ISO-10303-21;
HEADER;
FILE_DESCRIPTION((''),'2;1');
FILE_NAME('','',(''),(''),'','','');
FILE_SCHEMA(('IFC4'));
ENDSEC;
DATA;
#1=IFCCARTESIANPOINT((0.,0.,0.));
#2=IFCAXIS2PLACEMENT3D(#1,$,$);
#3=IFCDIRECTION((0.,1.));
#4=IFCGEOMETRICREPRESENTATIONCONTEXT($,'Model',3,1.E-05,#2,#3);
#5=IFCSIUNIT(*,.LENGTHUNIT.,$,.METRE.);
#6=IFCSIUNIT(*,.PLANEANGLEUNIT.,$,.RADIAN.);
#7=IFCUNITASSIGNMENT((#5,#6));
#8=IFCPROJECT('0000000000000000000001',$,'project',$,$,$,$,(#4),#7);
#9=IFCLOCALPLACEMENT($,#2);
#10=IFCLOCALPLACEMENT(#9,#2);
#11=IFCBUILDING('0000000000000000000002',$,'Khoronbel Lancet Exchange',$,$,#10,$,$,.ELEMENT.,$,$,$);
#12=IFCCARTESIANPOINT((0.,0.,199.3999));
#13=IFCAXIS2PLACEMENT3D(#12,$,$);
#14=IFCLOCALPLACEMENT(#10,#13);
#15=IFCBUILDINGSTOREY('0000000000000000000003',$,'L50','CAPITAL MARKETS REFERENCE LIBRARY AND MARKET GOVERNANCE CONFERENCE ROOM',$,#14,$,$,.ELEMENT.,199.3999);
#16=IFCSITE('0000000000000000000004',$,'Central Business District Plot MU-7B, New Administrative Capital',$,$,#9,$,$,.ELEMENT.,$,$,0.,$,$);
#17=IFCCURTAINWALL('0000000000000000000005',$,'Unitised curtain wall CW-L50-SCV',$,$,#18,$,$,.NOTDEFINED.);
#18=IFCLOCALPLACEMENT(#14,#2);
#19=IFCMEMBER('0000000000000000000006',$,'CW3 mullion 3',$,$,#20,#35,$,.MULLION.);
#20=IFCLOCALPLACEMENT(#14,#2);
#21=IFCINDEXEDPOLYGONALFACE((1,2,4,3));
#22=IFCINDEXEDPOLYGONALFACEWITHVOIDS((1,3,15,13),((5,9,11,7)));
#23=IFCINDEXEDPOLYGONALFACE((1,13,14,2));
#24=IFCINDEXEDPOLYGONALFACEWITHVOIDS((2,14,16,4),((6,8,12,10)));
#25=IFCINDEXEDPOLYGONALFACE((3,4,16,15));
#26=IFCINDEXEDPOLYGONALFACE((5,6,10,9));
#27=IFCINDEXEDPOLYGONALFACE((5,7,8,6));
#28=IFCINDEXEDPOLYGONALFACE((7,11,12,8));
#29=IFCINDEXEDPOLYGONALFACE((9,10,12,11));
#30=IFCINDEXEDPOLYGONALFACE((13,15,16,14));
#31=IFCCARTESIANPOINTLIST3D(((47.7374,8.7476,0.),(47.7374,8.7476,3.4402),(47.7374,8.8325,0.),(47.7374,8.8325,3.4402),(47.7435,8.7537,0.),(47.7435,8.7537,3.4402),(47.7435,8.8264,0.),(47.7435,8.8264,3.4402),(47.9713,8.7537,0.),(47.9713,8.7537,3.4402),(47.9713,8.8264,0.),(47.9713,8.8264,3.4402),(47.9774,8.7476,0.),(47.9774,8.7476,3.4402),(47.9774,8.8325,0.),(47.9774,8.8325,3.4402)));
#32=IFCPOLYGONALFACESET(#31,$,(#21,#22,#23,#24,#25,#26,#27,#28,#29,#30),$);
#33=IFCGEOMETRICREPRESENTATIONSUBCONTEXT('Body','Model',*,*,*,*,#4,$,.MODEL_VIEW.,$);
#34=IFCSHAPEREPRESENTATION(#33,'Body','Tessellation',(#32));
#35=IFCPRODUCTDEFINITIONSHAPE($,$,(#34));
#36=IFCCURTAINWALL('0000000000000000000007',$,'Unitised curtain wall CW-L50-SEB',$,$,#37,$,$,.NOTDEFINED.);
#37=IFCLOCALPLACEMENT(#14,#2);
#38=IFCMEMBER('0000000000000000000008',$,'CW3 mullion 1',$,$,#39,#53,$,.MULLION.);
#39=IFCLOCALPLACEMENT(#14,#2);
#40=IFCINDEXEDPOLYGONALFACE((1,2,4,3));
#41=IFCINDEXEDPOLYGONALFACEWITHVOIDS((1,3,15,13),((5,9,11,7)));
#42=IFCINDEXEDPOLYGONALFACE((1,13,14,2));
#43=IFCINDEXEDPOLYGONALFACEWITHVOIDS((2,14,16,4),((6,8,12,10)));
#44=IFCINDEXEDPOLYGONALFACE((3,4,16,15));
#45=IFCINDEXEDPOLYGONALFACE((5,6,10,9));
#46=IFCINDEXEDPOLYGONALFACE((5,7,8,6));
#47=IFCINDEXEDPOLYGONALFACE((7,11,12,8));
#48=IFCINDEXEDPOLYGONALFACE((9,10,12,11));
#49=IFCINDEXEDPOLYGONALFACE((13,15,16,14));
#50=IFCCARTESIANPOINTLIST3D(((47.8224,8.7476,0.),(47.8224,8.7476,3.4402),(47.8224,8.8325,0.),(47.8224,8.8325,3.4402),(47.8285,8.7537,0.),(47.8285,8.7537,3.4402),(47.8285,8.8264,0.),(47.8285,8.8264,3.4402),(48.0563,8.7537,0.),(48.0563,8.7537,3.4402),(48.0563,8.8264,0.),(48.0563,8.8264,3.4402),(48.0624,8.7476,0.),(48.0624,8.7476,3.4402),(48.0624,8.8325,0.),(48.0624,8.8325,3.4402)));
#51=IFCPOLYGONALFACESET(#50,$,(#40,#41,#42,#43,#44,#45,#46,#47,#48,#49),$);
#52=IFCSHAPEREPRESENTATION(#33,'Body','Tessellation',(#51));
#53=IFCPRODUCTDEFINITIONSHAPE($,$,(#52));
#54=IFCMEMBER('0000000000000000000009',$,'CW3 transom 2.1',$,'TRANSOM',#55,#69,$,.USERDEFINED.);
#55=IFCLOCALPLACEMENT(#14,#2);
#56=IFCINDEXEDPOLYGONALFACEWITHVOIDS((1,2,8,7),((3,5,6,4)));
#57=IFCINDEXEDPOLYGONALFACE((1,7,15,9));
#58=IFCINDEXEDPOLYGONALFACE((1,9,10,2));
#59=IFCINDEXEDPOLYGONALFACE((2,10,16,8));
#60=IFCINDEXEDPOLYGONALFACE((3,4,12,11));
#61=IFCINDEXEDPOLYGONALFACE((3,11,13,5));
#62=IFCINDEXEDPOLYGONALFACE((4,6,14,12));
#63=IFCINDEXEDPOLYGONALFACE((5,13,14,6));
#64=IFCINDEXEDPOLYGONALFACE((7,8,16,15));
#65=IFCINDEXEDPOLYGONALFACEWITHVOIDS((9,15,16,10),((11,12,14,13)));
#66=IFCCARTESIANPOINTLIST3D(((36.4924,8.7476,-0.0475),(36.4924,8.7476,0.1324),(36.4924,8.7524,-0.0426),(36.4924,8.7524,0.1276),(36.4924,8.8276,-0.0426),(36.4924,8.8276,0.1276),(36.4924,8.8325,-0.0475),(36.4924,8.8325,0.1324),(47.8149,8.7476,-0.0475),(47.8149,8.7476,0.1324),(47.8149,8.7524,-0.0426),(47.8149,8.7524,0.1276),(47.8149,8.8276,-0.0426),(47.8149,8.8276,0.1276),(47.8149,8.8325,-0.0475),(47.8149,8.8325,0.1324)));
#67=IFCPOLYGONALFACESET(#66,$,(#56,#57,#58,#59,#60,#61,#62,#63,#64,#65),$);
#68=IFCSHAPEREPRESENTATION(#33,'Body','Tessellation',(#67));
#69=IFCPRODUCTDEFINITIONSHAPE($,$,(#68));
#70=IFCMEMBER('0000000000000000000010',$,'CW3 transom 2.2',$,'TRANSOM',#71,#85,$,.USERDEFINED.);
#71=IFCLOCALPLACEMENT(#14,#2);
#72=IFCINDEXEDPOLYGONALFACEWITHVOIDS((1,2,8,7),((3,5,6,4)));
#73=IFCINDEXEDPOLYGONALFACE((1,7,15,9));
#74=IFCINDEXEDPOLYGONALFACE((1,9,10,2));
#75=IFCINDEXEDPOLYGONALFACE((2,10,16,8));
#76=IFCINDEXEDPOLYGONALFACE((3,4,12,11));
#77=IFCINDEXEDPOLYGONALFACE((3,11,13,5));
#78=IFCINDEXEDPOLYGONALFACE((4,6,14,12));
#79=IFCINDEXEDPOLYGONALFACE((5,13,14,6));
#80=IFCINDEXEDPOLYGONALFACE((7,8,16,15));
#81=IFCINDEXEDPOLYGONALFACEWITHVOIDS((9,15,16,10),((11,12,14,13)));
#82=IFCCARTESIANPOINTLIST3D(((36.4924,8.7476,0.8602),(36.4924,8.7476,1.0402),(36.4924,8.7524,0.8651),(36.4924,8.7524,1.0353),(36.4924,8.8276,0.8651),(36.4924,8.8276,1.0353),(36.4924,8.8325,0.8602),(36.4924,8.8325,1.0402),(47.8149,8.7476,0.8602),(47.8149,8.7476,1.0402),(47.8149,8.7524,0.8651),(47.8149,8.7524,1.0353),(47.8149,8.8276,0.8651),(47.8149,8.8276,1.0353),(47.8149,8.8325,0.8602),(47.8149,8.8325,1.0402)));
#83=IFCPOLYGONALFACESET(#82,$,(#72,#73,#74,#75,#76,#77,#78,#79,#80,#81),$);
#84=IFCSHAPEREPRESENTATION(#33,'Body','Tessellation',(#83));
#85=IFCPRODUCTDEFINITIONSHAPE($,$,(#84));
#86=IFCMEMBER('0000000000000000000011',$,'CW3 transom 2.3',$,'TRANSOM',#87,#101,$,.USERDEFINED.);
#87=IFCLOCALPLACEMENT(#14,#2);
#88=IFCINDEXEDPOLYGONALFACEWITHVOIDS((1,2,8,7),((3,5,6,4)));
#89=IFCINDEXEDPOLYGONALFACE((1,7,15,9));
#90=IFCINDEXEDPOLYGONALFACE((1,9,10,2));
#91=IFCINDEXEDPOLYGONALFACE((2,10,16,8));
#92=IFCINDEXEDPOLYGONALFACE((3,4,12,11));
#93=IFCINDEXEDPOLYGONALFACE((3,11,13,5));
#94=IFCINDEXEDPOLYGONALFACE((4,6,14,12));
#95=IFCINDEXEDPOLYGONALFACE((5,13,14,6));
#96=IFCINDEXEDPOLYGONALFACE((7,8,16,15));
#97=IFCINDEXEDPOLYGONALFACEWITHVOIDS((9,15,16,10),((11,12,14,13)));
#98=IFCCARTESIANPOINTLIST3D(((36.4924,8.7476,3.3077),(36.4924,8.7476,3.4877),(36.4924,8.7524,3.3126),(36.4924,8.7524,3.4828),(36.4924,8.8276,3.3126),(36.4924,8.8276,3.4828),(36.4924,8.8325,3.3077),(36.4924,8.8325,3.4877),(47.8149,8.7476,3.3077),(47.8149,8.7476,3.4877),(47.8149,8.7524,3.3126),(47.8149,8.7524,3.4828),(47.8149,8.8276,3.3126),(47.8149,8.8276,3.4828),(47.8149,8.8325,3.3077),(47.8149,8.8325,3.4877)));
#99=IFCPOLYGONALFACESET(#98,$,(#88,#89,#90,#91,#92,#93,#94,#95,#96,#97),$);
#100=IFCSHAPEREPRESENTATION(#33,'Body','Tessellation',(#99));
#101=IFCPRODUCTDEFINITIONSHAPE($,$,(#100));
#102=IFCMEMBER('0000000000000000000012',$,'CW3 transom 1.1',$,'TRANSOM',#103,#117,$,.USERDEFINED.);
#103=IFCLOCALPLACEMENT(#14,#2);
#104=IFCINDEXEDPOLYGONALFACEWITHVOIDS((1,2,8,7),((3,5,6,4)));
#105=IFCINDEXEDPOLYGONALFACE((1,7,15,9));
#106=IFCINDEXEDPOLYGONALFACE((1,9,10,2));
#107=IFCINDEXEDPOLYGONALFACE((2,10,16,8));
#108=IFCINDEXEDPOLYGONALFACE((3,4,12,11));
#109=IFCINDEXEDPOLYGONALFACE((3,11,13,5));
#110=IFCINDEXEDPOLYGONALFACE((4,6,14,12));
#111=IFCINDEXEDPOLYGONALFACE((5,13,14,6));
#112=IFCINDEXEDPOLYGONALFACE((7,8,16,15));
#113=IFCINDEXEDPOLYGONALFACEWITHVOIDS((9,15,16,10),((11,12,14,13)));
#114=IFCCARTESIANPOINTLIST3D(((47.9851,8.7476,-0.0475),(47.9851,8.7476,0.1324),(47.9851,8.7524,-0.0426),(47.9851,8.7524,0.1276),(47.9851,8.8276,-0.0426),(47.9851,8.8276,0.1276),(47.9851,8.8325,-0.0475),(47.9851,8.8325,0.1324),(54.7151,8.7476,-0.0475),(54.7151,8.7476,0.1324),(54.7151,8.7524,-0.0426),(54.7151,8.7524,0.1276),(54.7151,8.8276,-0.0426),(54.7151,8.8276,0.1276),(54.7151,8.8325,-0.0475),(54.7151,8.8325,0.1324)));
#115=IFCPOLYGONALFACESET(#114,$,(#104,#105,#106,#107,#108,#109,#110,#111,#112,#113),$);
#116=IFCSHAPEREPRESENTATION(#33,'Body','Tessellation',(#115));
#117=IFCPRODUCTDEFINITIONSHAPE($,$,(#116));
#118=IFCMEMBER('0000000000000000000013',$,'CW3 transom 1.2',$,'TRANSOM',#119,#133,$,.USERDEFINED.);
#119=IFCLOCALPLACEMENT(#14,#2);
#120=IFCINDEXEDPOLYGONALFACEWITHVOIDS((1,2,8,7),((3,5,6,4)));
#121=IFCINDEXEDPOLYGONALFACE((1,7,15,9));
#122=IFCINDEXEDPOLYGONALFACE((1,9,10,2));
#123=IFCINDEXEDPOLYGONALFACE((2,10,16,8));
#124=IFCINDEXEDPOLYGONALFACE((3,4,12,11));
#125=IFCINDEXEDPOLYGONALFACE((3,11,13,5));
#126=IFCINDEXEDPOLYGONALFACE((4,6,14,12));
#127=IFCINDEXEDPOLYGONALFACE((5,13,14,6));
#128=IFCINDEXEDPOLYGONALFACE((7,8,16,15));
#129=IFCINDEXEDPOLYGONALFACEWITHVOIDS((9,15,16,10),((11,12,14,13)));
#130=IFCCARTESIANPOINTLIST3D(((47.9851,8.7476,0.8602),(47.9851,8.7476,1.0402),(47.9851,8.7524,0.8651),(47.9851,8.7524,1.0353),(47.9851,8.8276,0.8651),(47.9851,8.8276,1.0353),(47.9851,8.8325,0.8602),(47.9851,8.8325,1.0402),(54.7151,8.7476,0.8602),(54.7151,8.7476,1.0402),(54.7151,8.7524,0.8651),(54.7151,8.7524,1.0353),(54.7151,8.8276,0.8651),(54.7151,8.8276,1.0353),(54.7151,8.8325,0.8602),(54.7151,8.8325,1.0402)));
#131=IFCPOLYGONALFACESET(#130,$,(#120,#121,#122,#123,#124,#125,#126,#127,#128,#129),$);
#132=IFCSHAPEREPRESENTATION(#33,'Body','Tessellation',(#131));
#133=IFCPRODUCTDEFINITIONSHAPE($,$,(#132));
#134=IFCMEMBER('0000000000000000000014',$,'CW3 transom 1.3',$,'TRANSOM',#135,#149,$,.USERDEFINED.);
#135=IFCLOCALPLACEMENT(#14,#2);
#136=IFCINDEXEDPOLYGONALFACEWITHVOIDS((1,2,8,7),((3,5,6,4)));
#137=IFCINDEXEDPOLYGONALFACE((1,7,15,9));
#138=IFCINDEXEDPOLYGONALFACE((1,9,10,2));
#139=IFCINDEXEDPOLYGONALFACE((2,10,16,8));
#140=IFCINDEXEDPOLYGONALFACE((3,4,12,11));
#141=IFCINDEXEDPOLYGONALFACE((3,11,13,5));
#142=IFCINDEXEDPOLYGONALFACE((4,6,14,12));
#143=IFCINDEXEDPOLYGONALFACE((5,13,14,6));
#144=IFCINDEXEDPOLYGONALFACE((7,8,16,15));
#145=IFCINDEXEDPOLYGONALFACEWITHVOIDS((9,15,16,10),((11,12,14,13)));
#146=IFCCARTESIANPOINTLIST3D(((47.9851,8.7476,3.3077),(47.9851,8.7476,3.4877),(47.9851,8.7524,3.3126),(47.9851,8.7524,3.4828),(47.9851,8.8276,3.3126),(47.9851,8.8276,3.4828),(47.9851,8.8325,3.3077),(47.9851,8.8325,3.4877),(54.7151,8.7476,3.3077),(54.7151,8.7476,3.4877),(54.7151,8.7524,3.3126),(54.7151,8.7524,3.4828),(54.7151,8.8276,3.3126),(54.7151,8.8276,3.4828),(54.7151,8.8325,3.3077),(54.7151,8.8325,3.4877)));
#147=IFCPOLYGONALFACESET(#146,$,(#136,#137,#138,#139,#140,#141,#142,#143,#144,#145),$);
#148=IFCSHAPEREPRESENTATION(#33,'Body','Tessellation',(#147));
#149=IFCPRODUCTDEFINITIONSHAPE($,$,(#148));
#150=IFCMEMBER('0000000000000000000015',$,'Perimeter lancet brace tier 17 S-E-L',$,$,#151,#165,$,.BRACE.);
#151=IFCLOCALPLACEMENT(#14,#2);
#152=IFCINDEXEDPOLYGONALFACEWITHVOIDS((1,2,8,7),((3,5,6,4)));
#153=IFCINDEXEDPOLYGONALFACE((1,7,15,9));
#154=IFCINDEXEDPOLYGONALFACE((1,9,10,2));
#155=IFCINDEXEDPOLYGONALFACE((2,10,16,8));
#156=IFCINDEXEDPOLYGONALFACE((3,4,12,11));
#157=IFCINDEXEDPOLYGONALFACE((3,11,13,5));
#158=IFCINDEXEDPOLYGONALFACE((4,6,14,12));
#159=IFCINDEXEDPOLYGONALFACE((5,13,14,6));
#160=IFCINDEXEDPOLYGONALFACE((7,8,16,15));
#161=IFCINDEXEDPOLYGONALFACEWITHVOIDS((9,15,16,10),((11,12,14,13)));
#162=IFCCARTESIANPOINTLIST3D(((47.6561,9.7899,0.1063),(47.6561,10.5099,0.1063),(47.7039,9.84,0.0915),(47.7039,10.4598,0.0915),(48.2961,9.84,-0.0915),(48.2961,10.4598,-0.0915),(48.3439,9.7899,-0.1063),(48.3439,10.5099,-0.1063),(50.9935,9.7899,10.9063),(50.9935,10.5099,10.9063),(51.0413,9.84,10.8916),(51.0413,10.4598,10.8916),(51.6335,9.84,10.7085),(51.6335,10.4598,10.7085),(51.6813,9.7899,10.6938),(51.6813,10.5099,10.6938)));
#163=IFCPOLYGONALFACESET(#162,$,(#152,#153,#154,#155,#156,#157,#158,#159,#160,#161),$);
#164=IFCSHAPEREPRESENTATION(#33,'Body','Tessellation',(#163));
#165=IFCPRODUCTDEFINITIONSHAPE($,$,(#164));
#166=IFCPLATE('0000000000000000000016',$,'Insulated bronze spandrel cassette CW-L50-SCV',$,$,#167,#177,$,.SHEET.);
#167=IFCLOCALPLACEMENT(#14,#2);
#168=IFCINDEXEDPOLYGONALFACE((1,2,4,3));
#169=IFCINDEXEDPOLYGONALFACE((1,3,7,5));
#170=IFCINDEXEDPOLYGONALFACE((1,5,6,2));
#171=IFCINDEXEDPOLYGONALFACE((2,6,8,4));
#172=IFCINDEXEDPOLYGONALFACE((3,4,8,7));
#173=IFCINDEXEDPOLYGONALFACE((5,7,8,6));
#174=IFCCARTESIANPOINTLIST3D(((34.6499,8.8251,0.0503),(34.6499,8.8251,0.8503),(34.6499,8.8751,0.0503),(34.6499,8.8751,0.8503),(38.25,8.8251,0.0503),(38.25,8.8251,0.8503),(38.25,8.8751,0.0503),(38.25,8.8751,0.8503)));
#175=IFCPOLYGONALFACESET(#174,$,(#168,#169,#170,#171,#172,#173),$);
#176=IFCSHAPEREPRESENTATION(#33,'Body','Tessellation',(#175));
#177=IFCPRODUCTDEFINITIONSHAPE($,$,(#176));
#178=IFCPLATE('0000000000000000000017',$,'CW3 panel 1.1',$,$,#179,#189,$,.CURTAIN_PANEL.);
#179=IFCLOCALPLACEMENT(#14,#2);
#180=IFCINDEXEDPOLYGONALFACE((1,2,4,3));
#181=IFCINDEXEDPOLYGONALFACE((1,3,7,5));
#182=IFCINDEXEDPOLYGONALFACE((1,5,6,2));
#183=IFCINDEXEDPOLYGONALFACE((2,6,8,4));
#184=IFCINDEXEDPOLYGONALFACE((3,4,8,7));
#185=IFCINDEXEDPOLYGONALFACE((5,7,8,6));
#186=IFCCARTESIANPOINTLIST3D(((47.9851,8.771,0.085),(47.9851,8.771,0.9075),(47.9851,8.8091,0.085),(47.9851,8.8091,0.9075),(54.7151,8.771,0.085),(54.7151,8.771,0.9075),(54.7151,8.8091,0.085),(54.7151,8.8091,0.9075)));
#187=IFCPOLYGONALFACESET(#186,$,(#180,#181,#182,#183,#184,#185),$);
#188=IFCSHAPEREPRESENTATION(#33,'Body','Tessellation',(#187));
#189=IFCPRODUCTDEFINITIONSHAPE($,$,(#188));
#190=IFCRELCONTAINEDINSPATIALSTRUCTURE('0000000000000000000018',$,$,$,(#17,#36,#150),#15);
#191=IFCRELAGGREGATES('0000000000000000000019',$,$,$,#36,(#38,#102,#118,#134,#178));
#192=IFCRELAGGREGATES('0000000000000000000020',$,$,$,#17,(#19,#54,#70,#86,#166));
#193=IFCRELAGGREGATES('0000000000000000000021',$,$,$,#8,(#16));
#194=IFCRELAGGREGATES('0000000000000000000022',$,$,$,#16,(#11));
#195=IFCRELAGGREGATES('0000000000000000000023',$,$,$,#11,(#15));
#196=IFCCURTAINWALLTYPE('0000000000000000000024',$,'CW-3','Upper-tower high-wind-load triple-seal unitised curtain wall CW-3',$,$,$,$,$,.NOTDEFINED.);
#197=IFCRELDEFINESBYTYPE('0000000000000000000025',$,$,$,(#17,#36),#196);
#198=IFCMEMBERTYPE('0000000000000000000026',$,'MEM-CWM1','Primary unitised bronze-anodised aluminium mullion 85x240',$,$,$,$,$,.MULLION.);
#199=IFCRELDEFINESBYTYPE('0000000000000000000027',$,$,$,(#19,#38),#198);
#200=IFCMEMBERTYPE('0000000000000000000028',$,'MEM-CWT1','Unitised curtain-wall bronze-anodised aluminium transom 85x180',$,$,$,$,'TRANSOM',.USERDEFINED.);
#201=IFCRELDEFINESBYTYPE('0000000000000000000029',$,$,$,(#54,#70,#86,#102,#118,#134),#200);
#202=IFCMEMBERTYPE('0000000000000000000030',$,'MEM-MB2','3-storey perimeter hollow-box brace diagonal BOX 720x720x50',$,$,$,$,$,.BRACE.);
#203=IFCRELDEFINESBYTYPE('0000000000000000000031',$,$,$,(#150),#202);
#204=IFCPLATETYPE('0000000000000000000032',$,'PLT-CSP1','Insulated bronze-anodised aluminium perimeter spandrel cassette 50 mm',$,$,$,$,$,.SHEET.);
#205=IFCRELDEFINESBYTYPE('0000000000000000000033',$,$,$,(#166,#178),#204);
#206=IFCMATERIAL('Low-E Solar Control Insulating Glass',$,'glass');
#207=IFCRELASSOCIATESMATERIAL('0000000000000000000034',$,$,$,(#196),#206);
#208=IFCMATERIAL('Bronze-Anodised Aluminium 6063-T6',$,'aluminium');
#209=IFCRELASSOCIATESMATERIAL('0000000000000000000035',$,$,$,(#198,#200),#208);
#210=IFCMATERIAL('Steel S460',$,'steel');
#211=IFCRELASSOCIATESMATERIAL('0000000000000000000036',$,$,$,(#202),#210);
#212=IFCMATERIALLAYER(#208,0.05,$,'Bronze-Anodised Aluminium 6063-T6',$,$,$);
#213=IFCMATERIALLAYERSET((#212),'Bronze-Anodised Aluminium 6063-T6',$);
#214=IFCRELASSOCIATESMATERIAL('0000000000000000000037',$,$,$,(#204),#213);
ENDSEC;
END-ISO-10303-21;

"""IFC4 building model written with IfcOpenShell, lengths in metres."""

from ifc_helpers import new_model, si_unit, direction, frame, origin, origin_2d, place, context, subcontext, project, spatial, rectangle, hollow_rectangle, extrude, material, layer, layer_set, material_profile, profile_set, type_object, element, aggregate, save


model = new_model("IFC4")

# Units and contexts
model_context = context("Model", 3, precision=1e-05, world=origin(), true_north=direction((0.0, 1.0)))
body_context = subcontext(model_context, "Body", "Model", "MODEL_VIEW")
ifc_project = project(units=[si_unit("LENGTHUNIT", "METRE"), si_unit("PLANEANGLEUNIT", "RADIAN")], contexts=[model_context])

# Site, building, storey
site_placement = place(None, origin())
site = spatial("IfcSite", under=ifc_project, at=site_placement, Name="Central Business District Plot MU-7B, New Administrative Capital", CompositionType="ELEMENT", RefElevation=0.0)
building_placement = place(site_placement, origin())
building = spatial("IfcBuilding", under=site, at=building_placement, Name="Khoronbel Lancet Exchange", CompositionType="ELEMENT")
storey_placement = place(building_placement, frame((0.0, 0.0, 199.3999)))
storey = spatial("IfcBuildingStorey", under=building, at=storey_placement, Name="L50", Description="CAPITAL MARKETS REFERENCE LIBRARY AND MARKET GOVERNANCE CONFERENCE ROOM", CompositionType="ELEMENT", Elevation=199.3999)

# Shared definitions
ifc_material_1 = material(Name="Steel S460", Category="steel")

# Curtain wall, member
ifc_material_2 = material(Name="Low-E Solar Control Insulating Glass", Category="glass")
curtain_wall_type = type_object("IfcCurtainWallType", Name="CW-3", Description="Upper-tower high-wind-load triple-seal unitised curtain wall CW-3", PredefinedType="NOTDEFINED", material=ifc_material_2)
curtain_wall_1_placement = place(storey_placement, origin())
curtain_wall_1 = element("IfcCurtainWall", 1, at=curtain_wall_1_placement, inside=storey, type_object=curtain_wall_type, Name="Unitised curtain wall CW-L50-SCV", PredefinedType="NOTDEFINED")
ifc_material_3 = material(Name="Bronze-Anodised Aluminium 6063-T6", Category="aluminium")
ifc_material_profile_1 = material_profile(ifc_material_3, hollow_rectangle(XDim=0.085, YDim=0.24, WallThickness=0.0061, at=origin_2d()), Name="ALU MULLION 85x240")
ifc_profile_set_1 = profile_set([ifc_material_profile_1], Name="Bronze-Anodised Aluminium 6063-T6")
member_type_1 = type_object("IfcMemberType", Name="MEM-CWM1", Description="Primary unitised bronze-anodised aluminium mullion 85x240", PredefinedType="MULLION", material=ifc_profile_set_1)
member_1_placement = place(storey_placement, frame((47.8574, 8.79, 0.0), z_axis=(0.0, 0.0, 1.0), x_axis=(0.0, 1.0, 0.0)))
member_1 = element("IfcMember", 2, at=member_1_placement, type_object=member_type_1, Name="CW3 mullion 3", PredefinedType="MULLION", context=body_context, shape_type="SweptSolid", body=[
    extrude(hollow_rectangle(XDim=0.085, YDim=0.24, WallThickness=0.0061, at=origin_2d()), origin(), (0.0, 0.0, 1.0), 3.4402),
])

# Curtain wall, member
curtain_wall_2_placement = place(storey_placement, origin())
curtain_wall_2 = element("IfcCurtainWall", 3, at=curtain_wall_2_placement, inside=storey, type_object=curtain_wall_type, Name="Unitised curtain wall CW-L50-SEB", PredefinedType="NOTDEFINED")
member_2_placement = place(storey_placement, frame((47.9424, 8.79, 0.0), z_axis=(0.0, 0.0, 1.0), x_axis=(0.0, 1.0, 0.0)))
member_2 = element("IfcMember", 4, at=member_2_placement, type_object=member_type_1, Name="CW3 mullion 1", PredefinedType="MULLION", context=body_context, shape_type="SweptSolid", body=[
    extrude(hollow_rectangle(XDim=0.085, YDim=0.24, WallThickness=0.0061, at=origin_2d()), origin(), (0.0, 0.0, 1.0), 3.4402),
])

# Members
ifc_material_profile_2 = material_profile(ifc_material_3, hollow_rectangle(XDim=0.085, YDim=0.1799, WallThickness=0.0049, at=origin_2d()), Name="ALU TRANSOM 85x180")
ifc_profile_set_2 = profile_set([ifc_material_profile_2], Name="Bronze-Anodised Aluminium 6063-T6")
member_type_2 = type_object("IfcMemberType", Name="MEM-CWT1", Description="Unitised curtain-wall bronze-anodised aluminium transom 85x180", ElementType="TRANSOM", PredefinedType="USERDEFINED", material=ifc_profile_set_2)
member_3_placement = place(storey_placement, frame((36.4924, 8.79, 0.0425), z_axis=(1.0, 0.0, 0.0), x_axis=(0.0, 1.0, 0.0)))
member_3 = element("IfcMember", 5, at=member_3_placement, type_object=member_type_2, Name="CW3 transom 2.1", ObjectType="TRANSOM", PredefinedType="USERDEFINED", context=body_context, shape_type="SweptSolid", body=[
    extrude(hollow_rectangle(XDim=0.085, YDim=0.1799, WallThickness=0.0049, at=origin_2d()), origin(), (0.0, 0.0, 1.0), 11.3225),
])
member_4_placement = place(storey_placement, frame((36.4924, 8.79, 0.9502), z_axis=(1.0, 0.0, 0.0), x_axis=(0.0, 1.0, 0.0)))
member_4 = element("IfcMember", 6, at=member_4_placement, type_object=member_type_2, Name="CW3 transom 2.2", ObjectType="TRANSOM", PredefinedType="USERDEFINED", context=body_context, shape_type="SweptSolid", body=[
    extrude(hollow_rectangle(XDim=0.085, YDim=0.1799, WallThickness=0.0049, at=origin_2d()), origin(), (0.0, 0.0, 1.0), 11.3225),
])
member_5_placement = place(storey_placement, frame((36.4924, 8.79, 3.3977), z_axis=(1.0, 0.0, 0.0), x_axis=(0.0, 1.0, 0.0)))
member_5 = element("IfcMember", 7, at=member_5_placement, type_object=member_type_2, Name="CW3 transom 2.3", ObjectType="TRANSOM", PredefinedType="USERDEFINED", context=body_context, shape_type="SweptSolid", body=[
    extrude(hollow_rectangle(XDim=0.085, YDim=0.1799, WallThickness=0.0049, at=origin_2d()), origin(), (0.0, 0.0, 1.0), 11.3225),
])
member_6_placement = place(storey_placement, frame((47.9851, 8.79, 0.0425), z_axis=(1.0, 0.0, 0.0), x_axis=(0.0, 1.0, 0.0)))
member_6 = element("IfcMember", 8, at=member_6_placement, type_object=member_type_2, Name="CW3 transom 1.1", ObjectType="TRANSOM", PredefinedType="USERDEFINED", context=body_context, shape_type="SweptSolid", body=[
    extrude(hollow_rectangle(XDim=0.085, YDim=0.1799, WallThickness=0.0049, at=origin_2d()), origin(), (0.0, 0.0, 1.0), 6.73),
])
member_7_placement = place(storey_placement, frame((47.9851, 8.79, 0.9502), z_axis=(1.0, 0.0, 0.0), x_axis=(0.0, 1.0, 0.0)))
member_7 = element("IfcMember", 9, at=member_7_placement, type_object=member_type_2, Name="CW3 transom 1.2", ObjectType="TRANSOM", PredefinedType="USERDEFINED", context=body_context, shape_type="SweptSolid", body=[
    extrude(hollow_rectangle(XDim=0.085, YDim=0.1799, WallThickness=0.0049, at=origin_2d()), origin(), (0.0, 0.0, 1.0), 6.73),
])
member_8_placement = place(storey_placement, frame((47.9851, 8.79, 3.3977), z_axis=(1.0, 0.0, 0.0), x_axis=(0.0, 1.0, 0.0)))
member_8 = element("IfcMember", 10, at=member_8_placement, type_object=member_type_2, Name="CW3 transom 1.3", ObjectType="TRANSOM", PredefinedType="USERDEFINED", context=body_context, shape_type="SweptSolid", body=[
    extrude(hollow_rectangle(XDim=0.085, YDim=0.1799, WallThickness=0.0049, at=origin_2d()), origin(), (0.0, 0.0, 1.0), 6.73),
])
ifc_material_profile_3 = material_profile(ifc_material_1, hollow_rectangle(XDim=0.72, YDim=0.72, WallThickness=0.05, at=origin_2d()), Name="BOX 720x720x50")
ifc_profile_set_3 = profile_set([ifc_material_profile_3], Name="Steel S460")
member_type_3 = type_object("IfcMemberType", Name="MEM-MB2", Description="3-storey perimeter hollow-box brace diagonal BOX 720x720x50", PredefinedType="BRACE", material=ifc_profile_set_3)
member_9_placement = place(storey_placement, frame((48.0, 10.1499, 0.0), z_axis=(0.295242, 0.0, 0.955422), x_axis=(0.0, 1.0, 0.0)))
element("IfcMember", 11, at=member_9_placement, inside=storey, type_object=member_type_3, Name="Perimeter lancet brace tier 17 S-E-L", PredefinedType="BRACE", context=body_context, shape_type="SweptSolid", body=[
    extrude(hollow_rectangle(XDim=0.72, YDim=0.72, WallThickness=0.05, at=origin_2d()), origin(), (0.0, 0.0, 1.0), 11.304),
])

# Plates
ifc_layer_1 = layer(ifc_material_3, 0.05, Name="Bronze-Anodised Aluminium 6063-T6")
ifc_layer_set_1 = layer_set([ifc_layer_1], Name="Bronze-Anodised Aluminium 6063-T6")
plate_type_1 = type_object("IfcPlateType", Name="PLT-CSP1", Description="Insulated bronze-anodised aluminium perimeter spandrel cassette 50 mm", PredefinedType="SHEET", material=ifc_layer_set_1)
plate_1_placement = place(storey_placement, frame((36.45, 8.8501, 0.0503), z_axis=(0.0, 0.0, 1.0), x_axis=(1.0, 0.0, 0.0)))
plate_1 = element("IfcPlate", 12, at=plate_1_placement, type_object=plate_type_1, Name="Insulated bronze spandrel cassette CW-L50-SCV", PredefinedType="SHEET", context=body_context, shape_type="SweptSolid", body=[
    extrude(rectangle(XDim=3.6001, YDim=0.05, at=origin_2d()), origin(), (0.0, 0.0, 1.0), 0.8),
])
plate_2_placement = place(storey_placement, frame((51.3501, 8.79, 0.085), z_axis=(0.0, 0.0, 1.0), x_axis=(1.0, 0.0, 0.0)))
plate_2 = element("IfcPlate", 13, at=plate_2_placement, type_object=plate_type_1, Name="CW3 panel 1.1", PredefinedType="CURTAIN_PANEL", context=body_context, shape_type="SweptSolid", body=[
    extrude(rectangle(XDim=6.73, YDim=0.0381, at=origin_2d()), origin(), (0.0, 0.0, 1.0), 0.8225),
])
aggregate(curtain_wall_2, [member_2, member_6, member_7, member_8, plate_2])
aggregate(curtain_wall_1, [member_1, member_3, member_4, member_5, plate_1])

save(model, "model.ifc")
